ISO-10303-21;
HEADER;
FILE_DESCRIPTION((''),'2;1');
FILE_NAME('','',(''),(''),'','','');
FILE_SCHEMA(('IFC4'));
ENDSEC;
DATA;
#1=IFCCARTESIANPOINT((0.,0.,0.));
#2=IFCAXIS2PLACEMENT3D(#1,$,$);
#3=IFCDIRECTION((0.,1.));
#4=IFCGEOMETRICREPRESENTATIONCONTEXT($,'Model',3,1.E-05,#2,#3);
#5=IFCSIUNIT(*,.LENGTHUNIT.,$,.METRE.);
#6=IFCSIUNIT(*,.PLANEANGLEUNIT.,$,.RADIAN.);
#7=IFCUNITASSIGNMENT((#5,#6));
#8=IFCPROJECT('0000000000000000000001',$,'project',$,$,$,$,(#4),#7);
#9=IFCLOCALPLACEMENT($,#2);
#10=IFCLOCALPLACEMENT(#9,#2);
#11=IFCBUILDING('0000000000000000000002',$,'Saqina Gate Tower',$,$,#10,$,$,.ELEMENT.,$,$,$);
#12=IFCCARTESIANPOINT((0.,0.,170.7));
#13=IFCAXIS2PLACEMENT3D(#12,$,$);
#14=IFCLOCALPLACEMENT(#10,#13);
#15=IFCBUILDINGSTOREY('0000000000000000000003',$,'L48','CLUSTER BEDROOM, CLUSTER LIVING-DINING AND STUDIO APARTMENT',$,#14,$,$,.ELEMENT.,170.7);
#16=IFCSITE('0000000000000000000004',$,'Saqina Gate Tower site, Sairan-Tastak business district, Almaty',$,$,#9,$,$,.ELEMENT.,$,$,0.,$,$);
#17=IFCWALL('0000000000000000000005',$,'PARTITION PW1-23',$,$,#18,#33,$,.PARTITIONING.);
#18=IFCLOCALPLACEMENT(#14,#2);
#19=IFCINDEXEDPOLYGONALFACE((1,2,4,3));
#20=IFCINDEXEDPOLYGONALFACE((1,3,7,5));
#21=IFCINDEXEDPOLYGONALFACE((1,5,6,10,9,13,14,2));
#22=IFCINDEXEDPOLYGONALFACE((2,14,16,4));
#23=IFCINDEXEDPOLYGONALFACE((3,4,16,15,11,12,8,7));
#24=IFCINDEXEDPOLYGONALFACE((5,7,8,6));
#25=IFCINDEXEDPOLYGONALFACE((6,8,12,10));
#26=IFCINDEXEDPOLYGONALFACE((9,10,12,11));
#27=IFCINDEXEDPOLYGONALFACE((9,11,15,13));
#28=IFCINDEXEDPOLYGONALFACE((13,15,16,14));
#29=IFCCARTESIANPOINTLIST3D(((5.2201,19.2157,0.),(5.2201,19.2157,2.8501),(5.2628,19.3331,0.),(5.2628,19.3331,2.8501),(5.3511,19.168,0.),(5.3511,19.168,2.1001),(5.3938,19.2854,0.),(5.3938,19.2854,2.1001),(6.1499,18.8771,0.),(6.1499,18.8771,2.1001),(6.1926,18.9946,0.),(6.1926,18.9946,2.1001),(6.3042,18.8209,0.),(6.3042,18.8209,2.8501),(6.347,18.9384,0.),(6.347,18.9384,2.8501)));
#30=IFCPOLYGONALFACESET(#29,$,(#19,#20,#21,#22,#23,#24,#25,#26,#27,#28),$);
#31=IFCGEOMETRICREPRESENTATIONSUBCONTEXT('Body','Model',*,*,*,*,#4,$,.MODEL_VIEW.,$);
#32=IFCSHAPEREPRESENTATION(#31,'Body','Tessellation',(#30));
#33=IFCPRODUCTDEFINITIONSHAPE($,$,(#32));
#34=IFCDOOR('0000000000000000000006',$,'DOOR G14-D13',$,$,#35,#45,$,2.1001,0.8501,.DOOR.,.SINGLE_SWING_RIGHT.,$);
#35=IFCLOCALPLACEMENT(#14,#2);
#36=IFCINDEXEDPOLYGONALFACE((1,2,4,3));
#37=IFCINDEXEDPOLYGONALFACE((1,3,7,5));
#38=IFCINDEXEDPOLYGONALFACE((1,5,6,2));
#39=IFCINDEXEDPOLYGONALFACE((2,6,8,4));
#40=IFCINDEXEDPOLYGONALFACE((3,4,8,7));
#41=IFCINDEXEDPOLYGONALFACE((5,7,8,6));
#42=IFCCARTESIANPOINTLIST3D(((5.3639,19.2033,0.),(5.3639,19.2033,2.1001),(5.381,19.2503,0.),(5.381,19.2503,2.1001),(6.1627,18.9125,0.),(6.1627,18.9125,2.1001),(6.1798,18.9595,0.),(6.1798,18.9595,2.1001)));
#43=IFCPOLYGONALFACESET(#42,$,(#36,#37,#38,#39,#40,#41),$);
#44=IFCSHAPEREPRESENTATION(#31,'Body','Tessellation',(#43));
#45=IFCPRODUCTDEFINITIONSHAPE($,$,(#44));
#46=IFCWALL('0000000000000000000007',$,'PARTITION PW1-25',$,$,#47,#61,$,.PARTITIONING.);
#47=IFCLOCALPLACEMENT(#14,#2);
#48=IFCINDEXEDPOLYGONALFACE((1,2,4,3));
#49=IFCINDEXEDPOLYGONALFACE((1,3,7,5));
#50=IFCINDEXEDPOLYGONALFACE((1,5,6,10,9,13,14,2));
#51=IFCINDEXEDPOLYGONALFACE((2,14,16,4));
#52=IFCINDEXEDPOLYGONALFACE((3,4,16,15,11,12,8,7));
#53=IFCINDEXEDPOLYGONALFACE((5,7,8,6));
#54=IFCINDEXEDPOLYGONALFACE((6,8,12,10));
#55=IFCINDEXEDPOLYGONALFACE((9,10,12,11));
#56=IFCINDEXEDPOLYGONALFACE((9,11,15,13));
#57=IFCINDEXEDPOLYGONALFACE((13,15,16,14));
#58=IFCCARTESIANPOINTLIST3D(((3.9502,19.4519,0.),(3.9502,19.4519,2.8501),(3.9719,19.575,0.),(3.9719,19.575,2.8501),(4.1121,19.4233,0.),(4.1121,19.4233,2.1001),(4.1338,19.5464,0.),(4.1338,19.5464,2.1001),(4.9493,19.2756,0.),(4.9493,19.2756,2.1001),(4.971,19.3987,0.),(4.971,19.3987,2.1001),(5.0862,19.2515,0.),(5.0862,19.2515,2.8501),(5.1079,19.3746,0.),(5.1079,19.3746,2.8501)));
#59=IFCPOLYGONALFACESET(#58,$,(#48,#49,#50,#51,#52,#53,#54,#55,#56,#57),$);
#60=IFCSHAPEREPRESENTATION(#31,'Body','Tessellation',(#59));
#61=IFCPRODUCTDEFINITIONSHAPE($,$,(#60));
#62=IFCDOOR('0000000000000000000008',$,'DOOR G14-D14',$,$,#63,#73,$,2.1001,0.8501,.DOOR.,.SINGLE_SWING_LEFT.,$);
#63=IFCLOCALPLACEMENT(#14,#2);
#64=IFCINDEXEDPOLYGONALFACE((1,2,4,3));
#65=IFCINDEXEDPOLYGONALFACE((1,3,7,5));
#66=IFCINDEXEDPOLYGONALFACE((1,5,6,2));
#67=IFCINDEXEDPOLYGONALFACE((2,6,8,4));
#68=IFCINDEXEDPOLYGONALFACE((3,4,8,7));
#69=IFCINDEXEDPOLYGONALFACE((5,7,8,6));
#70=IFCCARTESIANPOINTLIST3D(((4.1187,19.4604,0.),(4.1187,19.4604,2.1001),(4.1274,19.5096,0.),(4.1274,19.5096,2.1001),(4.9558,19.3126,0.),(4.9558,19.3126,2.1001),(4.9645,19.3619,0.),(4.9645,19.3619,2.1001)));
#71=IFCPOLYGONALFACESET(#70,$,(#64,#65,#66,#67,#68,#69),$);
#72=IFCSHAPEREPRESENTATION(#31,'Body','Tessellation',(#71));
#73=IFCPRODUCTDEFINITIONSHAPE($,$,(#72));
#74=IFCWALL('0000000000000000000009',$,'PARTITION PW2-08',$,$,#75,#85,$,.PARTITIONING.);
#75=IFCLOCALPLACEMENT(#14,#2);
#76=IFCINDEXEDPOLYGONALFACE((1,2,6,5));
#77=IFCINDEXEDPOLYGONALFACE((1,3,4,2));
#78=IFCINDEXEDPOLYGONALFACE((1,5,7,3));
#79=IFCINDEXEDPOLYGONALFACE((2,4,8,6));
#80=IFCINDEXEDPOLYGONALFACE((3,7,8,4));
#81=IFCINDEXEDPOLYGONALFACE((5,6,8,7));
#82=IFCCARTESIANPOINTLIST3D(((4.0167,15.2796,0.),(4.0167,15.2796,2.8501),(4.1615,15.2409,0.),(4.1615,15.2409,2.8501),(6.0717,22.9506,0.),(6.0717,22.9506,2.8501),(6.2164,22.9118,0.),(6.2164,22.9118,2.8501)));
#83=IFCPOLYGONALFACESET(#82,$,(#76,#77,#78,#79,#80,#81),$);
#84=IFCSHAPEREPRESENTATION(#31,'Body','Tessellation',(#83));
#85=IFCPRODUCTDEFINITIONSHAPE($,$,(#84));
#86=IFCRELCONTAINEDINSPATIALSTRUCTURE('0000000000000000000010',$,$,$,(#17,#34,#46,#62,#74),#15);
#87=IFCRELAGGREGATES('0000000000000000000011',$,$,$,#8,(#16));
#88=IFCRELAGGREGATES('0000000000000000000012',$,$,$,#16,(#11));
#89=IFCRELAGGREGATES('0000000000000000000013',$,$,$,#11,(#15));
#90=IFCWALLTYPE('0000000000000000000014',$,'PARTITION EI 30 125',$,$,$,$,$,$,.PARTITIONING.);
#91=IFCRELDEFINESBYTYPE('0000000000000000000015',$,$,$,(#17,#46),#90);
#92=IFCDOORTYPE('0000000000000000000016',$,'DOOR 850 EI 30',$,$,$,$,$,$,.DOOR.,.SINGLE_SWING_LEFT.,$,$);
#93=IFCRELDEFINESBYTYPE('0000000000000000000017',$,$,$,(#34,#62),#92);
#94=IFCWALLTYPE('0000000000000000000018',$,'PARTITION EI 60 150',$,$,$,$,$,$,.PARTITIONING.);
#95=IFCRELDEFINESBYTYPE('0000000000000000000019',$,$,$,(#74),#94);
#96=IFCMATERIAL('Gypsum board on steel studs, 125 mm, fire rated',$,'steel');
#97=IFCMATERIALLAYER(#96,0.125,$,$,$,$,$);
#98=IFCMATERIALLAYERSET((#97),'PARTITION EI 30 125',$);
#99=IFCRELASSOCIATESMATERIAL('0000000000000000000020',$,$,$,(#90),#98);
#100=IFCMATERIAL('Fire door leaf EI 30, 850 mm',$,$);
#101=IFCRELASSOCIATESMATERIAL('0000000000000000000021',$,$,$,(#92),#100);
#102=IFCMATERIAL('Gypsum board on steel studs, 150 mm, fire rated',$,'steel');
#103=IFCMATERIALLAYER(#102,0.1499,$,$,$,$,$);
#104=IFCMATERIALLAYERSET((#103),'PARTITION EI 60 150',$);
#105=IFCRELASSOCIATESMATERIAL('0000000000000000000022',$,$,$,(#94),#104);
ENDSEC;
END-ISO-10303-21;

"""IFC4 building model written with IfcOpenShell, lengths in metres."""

from ifc_helpers import new_model, si_unit, direction, frame, frame_2d, origin, place, context, subcontext, project, spatial, rectangle, extrude, material, layer, layer_set, type_object, element, fill, save


model = new_model("IFC4")

# Units and contexts
model_context = context("Model", 3, precision=1e-05, world=origin(), true_north=direction((0.0, 1.0)))
body_context = subcontext(model_context, "Body", "Model", "MODEL_VIEW")
ifc_project = project(units=[si_unit("LENGTHUNIT", "METRE"), si_unit("PLANEANGLEUNIT", "RADIAN")], contexts=[model_context])

# Site, building, storey
site_placement = place(None, origin())
site = spatial("IfcSite", under=ifc_project, at=site_placement, Name="Saqina Gate Tower site, Sairan-Tastak business district, Almaty", CompositionType="ELEMENT", RefElevation=0.0)
building_placement = place(site_placement, origin())
building = spatial("IfcBuilding", under=site, at=building_placement, Name="Saqina Gate Tower", CompositionType="ELEMENT")
storey_placement = place(building_placement, frame((0.0, 0.0, 170.7)))
storey = spatial("IfcBuildingStorey", under=building, at=storey_placement, Name="L48", Description="CLUSTER BEDROOM, CLUSTER LIVING-DINING AND STUDIO APARTMENT", CompositionType="ELEMENT", Elevation=170.7)

# Walls, openings, doors
ifc_material_1 = material(Name="Gypsum board on steel studs, 125 mm, fire rated", Category="steel")
ifc_layer_1 = layer(ifc_material_1, 0.125)
ifc_layer_set_1 = layer_set([ifc_layer_1], Name="PARTITION EI 30 125")
wall_type_1 = type_object("IfcWallType", Name="PARTITION EI 30 125", PredefinedType="PARTITIONING", material=ifc_layer_set_1)
wall_1_placement = place(storey_placement, frame((5.2415, 19.2744, 0.0), z_axis=(0.0, 0.0, 1.0), x_axis=(0.939651, -0.342134, 0.0)))
wall_1 = element("IfcWall", 1, at=wall_1_placement, inside=storey, type_object=wall_type_1, Name="PARTITION PW1-23", PredefinedType="PARTITIONING", context=body_context, shape_type="SweptSolid", body=[
    extrude(rectangle(XDim=1.1538, YDim=0.125, at=frame_2d((0.5769, 0.0))), origin(), (0.0, 0.0, 1.0), 2.8501),
])
opening_1_placement = place(wall_1_placement, frame((0.1394, 0.0, 0.0)))
opening_1 = element("IfcOpeningElement", 2, at=opening_1_placement, cuts=wall_1, PredefinedType="OPENING", context=body_context, shape_type="SweptSolid", body=[
    extrude(rectangle(XDim=0.8501, YDim=2.1001, at=frame_2d((0.425, 1.05))), frame((0.0, 0.0745, 0.0), z_axis=(0.0, -1.0, 0.0), x_axis=(1.0, 0.0, 0.0)), (0.0, 0.0, 1.0), 0.1489),
])
ifc_material_2 = material(Name="Fire door leaf EI 30, 850 mm")
door_type_1 = type_object("IfcDoorType", Name="DOOR 850 EI 30", OperationType="SINGLE_SWING_LEFT", PredefinedType="DOOR", material=ifc_material_2)
door_1_placement = place(opening_1_placement, frame((0.8501, 0.0, 0.0), z_axis=(0.0, 0.0, 1.0), x_axis=(-1.0, 0.0, 0.0)))
door_1 = element("IfcDoor", 3, at=door_1_placement, inside=storey, type_object=door_type_1, Name="DOOR G14-D13", OperationType="SINGLE_SWING_RIGHT", OverallHeight=2.1001, OverallWidth=0.8501, PredefinedType="DOOR", context=body_context, shape_type="SweptSolid", body=[
    extrude(rectangle(XDim=0.8501, YDim=2.1001, at=frame_2d((0.425, 1.05))), frame((0.0, 0.0249, 0.0), z_axis=(0.0, -1.0, 0.0), x_axis=(1.0, 0.0, 0.0)), (0.0, 0.0, 1.0), 0.05),
])
fill(opening_1, door_1)
wall_2_placement = place(storey_placement, frame((3.9612, 19.5134, 0.0), z_axis=(0.0, 0.0, 1.0), x_axis=(0.984788, -0.173761, 0.0)))
wall_2 = element("IfcWall", 4, at=wall_2_placement, inside=storey, type_object=wall_type_1, Name="PARTITION PW1-25", PredefinedType="PARTITIONING", context=body_context, shape_type="SweptSolid", body=[
    extrude(rectangle(XDim=1.1536, YDim=0.125, at=frame_2d((0.5767, 0.0))), origin(), (0.0, 0.0, 1.0), 2.8501),
])
opening_2_placement = place(wall_2_placement, frame((0.1643, 0.0, 0.0)))
opening_2 = element("IfcOpeningElement", 5, at=opening_2_placement, cuts=wall_2, PredefinedType="OPENING", context=body_context, shape_type="SweptSolid", body=[
    extrude(rectangle(XDim=0.8501, YDim=2.1001, at=frame_2d((0.425, 1.05))), frame((0.0, 0.0745, 0.0), z_axis=(0.0, -1.0, 0.0), x_axis=(1.0, 0.0, 0.0)), (0.0, 0.0, 1.0), 0.1489),
])
door_2_placement = place(opening_2_placement, frame((0.8501, 0.0, 0.0), z_axis=(0.0, 0.0, 1.0), x_axis=(-1.0, 0.0, 0.0)))
door_2 = element("IfcDoor", 6, at=door_2_placement, inside=storey, type_object=door_type_1, Name="DOOR G14-D14", OperationType="SINGLE_SWING_LEFT", OverallHeight=2.1001, OverallWidth=0.8501, PredefinedType="DOOR", context=body_context, shape_type="SweptSolid", body=[
    extrude(rectangle(XDim=0.8501, YDim=2.1001, at=frame_2d((0.425, 1.05))), frame((0.0, 0.0249, 0.0), z_axis=(0.0, -1.0, 0.0), x_axis=(1.0, 0.0, 0.0)), (0.0, 0.0, 1.0), 0.05),
])
fill(opening_2, door_2)

# Wall
ifc_material_3 = material(Name="Gypsum board on steel studs, 150 mm, fire rated", Category="steel")
ifc_layer_2 = layer(ifc_material_3, 0.1499)
ifc_layer_set_2 = layer_set([ifc_layer_2], Name="PARTITION EI 60 150")
wall_type_2 = type_object("IfcWallType", Name="PARTITION EI 60 150", PredefinedType="PARTITIONING", material=ifc_layer_set_2)
wall_3_placement = place(storey_placement, frame((4.0891, 15.2603, 0.0), z_axis=(0.0, 0.0, 1.0), x_axis=(0.258763, 0.965941, 0.0)))
element("IfcWall", 7, at=wall_3_placement, inside=storey, type_object=wall_type_2, Name="PARTITION PW2-08", PredefinedType="PARTITIONING", context=body_context, shape_type="SweptSolid", body=[
    extrude(rectangle(XDim=7.9414, YDim=0.1499, at=frame_2d((3.9707, 0.0))), origin(), (0.0, 0.0, 1.0), 2.8501),
])

save(model, "model.ifc")
